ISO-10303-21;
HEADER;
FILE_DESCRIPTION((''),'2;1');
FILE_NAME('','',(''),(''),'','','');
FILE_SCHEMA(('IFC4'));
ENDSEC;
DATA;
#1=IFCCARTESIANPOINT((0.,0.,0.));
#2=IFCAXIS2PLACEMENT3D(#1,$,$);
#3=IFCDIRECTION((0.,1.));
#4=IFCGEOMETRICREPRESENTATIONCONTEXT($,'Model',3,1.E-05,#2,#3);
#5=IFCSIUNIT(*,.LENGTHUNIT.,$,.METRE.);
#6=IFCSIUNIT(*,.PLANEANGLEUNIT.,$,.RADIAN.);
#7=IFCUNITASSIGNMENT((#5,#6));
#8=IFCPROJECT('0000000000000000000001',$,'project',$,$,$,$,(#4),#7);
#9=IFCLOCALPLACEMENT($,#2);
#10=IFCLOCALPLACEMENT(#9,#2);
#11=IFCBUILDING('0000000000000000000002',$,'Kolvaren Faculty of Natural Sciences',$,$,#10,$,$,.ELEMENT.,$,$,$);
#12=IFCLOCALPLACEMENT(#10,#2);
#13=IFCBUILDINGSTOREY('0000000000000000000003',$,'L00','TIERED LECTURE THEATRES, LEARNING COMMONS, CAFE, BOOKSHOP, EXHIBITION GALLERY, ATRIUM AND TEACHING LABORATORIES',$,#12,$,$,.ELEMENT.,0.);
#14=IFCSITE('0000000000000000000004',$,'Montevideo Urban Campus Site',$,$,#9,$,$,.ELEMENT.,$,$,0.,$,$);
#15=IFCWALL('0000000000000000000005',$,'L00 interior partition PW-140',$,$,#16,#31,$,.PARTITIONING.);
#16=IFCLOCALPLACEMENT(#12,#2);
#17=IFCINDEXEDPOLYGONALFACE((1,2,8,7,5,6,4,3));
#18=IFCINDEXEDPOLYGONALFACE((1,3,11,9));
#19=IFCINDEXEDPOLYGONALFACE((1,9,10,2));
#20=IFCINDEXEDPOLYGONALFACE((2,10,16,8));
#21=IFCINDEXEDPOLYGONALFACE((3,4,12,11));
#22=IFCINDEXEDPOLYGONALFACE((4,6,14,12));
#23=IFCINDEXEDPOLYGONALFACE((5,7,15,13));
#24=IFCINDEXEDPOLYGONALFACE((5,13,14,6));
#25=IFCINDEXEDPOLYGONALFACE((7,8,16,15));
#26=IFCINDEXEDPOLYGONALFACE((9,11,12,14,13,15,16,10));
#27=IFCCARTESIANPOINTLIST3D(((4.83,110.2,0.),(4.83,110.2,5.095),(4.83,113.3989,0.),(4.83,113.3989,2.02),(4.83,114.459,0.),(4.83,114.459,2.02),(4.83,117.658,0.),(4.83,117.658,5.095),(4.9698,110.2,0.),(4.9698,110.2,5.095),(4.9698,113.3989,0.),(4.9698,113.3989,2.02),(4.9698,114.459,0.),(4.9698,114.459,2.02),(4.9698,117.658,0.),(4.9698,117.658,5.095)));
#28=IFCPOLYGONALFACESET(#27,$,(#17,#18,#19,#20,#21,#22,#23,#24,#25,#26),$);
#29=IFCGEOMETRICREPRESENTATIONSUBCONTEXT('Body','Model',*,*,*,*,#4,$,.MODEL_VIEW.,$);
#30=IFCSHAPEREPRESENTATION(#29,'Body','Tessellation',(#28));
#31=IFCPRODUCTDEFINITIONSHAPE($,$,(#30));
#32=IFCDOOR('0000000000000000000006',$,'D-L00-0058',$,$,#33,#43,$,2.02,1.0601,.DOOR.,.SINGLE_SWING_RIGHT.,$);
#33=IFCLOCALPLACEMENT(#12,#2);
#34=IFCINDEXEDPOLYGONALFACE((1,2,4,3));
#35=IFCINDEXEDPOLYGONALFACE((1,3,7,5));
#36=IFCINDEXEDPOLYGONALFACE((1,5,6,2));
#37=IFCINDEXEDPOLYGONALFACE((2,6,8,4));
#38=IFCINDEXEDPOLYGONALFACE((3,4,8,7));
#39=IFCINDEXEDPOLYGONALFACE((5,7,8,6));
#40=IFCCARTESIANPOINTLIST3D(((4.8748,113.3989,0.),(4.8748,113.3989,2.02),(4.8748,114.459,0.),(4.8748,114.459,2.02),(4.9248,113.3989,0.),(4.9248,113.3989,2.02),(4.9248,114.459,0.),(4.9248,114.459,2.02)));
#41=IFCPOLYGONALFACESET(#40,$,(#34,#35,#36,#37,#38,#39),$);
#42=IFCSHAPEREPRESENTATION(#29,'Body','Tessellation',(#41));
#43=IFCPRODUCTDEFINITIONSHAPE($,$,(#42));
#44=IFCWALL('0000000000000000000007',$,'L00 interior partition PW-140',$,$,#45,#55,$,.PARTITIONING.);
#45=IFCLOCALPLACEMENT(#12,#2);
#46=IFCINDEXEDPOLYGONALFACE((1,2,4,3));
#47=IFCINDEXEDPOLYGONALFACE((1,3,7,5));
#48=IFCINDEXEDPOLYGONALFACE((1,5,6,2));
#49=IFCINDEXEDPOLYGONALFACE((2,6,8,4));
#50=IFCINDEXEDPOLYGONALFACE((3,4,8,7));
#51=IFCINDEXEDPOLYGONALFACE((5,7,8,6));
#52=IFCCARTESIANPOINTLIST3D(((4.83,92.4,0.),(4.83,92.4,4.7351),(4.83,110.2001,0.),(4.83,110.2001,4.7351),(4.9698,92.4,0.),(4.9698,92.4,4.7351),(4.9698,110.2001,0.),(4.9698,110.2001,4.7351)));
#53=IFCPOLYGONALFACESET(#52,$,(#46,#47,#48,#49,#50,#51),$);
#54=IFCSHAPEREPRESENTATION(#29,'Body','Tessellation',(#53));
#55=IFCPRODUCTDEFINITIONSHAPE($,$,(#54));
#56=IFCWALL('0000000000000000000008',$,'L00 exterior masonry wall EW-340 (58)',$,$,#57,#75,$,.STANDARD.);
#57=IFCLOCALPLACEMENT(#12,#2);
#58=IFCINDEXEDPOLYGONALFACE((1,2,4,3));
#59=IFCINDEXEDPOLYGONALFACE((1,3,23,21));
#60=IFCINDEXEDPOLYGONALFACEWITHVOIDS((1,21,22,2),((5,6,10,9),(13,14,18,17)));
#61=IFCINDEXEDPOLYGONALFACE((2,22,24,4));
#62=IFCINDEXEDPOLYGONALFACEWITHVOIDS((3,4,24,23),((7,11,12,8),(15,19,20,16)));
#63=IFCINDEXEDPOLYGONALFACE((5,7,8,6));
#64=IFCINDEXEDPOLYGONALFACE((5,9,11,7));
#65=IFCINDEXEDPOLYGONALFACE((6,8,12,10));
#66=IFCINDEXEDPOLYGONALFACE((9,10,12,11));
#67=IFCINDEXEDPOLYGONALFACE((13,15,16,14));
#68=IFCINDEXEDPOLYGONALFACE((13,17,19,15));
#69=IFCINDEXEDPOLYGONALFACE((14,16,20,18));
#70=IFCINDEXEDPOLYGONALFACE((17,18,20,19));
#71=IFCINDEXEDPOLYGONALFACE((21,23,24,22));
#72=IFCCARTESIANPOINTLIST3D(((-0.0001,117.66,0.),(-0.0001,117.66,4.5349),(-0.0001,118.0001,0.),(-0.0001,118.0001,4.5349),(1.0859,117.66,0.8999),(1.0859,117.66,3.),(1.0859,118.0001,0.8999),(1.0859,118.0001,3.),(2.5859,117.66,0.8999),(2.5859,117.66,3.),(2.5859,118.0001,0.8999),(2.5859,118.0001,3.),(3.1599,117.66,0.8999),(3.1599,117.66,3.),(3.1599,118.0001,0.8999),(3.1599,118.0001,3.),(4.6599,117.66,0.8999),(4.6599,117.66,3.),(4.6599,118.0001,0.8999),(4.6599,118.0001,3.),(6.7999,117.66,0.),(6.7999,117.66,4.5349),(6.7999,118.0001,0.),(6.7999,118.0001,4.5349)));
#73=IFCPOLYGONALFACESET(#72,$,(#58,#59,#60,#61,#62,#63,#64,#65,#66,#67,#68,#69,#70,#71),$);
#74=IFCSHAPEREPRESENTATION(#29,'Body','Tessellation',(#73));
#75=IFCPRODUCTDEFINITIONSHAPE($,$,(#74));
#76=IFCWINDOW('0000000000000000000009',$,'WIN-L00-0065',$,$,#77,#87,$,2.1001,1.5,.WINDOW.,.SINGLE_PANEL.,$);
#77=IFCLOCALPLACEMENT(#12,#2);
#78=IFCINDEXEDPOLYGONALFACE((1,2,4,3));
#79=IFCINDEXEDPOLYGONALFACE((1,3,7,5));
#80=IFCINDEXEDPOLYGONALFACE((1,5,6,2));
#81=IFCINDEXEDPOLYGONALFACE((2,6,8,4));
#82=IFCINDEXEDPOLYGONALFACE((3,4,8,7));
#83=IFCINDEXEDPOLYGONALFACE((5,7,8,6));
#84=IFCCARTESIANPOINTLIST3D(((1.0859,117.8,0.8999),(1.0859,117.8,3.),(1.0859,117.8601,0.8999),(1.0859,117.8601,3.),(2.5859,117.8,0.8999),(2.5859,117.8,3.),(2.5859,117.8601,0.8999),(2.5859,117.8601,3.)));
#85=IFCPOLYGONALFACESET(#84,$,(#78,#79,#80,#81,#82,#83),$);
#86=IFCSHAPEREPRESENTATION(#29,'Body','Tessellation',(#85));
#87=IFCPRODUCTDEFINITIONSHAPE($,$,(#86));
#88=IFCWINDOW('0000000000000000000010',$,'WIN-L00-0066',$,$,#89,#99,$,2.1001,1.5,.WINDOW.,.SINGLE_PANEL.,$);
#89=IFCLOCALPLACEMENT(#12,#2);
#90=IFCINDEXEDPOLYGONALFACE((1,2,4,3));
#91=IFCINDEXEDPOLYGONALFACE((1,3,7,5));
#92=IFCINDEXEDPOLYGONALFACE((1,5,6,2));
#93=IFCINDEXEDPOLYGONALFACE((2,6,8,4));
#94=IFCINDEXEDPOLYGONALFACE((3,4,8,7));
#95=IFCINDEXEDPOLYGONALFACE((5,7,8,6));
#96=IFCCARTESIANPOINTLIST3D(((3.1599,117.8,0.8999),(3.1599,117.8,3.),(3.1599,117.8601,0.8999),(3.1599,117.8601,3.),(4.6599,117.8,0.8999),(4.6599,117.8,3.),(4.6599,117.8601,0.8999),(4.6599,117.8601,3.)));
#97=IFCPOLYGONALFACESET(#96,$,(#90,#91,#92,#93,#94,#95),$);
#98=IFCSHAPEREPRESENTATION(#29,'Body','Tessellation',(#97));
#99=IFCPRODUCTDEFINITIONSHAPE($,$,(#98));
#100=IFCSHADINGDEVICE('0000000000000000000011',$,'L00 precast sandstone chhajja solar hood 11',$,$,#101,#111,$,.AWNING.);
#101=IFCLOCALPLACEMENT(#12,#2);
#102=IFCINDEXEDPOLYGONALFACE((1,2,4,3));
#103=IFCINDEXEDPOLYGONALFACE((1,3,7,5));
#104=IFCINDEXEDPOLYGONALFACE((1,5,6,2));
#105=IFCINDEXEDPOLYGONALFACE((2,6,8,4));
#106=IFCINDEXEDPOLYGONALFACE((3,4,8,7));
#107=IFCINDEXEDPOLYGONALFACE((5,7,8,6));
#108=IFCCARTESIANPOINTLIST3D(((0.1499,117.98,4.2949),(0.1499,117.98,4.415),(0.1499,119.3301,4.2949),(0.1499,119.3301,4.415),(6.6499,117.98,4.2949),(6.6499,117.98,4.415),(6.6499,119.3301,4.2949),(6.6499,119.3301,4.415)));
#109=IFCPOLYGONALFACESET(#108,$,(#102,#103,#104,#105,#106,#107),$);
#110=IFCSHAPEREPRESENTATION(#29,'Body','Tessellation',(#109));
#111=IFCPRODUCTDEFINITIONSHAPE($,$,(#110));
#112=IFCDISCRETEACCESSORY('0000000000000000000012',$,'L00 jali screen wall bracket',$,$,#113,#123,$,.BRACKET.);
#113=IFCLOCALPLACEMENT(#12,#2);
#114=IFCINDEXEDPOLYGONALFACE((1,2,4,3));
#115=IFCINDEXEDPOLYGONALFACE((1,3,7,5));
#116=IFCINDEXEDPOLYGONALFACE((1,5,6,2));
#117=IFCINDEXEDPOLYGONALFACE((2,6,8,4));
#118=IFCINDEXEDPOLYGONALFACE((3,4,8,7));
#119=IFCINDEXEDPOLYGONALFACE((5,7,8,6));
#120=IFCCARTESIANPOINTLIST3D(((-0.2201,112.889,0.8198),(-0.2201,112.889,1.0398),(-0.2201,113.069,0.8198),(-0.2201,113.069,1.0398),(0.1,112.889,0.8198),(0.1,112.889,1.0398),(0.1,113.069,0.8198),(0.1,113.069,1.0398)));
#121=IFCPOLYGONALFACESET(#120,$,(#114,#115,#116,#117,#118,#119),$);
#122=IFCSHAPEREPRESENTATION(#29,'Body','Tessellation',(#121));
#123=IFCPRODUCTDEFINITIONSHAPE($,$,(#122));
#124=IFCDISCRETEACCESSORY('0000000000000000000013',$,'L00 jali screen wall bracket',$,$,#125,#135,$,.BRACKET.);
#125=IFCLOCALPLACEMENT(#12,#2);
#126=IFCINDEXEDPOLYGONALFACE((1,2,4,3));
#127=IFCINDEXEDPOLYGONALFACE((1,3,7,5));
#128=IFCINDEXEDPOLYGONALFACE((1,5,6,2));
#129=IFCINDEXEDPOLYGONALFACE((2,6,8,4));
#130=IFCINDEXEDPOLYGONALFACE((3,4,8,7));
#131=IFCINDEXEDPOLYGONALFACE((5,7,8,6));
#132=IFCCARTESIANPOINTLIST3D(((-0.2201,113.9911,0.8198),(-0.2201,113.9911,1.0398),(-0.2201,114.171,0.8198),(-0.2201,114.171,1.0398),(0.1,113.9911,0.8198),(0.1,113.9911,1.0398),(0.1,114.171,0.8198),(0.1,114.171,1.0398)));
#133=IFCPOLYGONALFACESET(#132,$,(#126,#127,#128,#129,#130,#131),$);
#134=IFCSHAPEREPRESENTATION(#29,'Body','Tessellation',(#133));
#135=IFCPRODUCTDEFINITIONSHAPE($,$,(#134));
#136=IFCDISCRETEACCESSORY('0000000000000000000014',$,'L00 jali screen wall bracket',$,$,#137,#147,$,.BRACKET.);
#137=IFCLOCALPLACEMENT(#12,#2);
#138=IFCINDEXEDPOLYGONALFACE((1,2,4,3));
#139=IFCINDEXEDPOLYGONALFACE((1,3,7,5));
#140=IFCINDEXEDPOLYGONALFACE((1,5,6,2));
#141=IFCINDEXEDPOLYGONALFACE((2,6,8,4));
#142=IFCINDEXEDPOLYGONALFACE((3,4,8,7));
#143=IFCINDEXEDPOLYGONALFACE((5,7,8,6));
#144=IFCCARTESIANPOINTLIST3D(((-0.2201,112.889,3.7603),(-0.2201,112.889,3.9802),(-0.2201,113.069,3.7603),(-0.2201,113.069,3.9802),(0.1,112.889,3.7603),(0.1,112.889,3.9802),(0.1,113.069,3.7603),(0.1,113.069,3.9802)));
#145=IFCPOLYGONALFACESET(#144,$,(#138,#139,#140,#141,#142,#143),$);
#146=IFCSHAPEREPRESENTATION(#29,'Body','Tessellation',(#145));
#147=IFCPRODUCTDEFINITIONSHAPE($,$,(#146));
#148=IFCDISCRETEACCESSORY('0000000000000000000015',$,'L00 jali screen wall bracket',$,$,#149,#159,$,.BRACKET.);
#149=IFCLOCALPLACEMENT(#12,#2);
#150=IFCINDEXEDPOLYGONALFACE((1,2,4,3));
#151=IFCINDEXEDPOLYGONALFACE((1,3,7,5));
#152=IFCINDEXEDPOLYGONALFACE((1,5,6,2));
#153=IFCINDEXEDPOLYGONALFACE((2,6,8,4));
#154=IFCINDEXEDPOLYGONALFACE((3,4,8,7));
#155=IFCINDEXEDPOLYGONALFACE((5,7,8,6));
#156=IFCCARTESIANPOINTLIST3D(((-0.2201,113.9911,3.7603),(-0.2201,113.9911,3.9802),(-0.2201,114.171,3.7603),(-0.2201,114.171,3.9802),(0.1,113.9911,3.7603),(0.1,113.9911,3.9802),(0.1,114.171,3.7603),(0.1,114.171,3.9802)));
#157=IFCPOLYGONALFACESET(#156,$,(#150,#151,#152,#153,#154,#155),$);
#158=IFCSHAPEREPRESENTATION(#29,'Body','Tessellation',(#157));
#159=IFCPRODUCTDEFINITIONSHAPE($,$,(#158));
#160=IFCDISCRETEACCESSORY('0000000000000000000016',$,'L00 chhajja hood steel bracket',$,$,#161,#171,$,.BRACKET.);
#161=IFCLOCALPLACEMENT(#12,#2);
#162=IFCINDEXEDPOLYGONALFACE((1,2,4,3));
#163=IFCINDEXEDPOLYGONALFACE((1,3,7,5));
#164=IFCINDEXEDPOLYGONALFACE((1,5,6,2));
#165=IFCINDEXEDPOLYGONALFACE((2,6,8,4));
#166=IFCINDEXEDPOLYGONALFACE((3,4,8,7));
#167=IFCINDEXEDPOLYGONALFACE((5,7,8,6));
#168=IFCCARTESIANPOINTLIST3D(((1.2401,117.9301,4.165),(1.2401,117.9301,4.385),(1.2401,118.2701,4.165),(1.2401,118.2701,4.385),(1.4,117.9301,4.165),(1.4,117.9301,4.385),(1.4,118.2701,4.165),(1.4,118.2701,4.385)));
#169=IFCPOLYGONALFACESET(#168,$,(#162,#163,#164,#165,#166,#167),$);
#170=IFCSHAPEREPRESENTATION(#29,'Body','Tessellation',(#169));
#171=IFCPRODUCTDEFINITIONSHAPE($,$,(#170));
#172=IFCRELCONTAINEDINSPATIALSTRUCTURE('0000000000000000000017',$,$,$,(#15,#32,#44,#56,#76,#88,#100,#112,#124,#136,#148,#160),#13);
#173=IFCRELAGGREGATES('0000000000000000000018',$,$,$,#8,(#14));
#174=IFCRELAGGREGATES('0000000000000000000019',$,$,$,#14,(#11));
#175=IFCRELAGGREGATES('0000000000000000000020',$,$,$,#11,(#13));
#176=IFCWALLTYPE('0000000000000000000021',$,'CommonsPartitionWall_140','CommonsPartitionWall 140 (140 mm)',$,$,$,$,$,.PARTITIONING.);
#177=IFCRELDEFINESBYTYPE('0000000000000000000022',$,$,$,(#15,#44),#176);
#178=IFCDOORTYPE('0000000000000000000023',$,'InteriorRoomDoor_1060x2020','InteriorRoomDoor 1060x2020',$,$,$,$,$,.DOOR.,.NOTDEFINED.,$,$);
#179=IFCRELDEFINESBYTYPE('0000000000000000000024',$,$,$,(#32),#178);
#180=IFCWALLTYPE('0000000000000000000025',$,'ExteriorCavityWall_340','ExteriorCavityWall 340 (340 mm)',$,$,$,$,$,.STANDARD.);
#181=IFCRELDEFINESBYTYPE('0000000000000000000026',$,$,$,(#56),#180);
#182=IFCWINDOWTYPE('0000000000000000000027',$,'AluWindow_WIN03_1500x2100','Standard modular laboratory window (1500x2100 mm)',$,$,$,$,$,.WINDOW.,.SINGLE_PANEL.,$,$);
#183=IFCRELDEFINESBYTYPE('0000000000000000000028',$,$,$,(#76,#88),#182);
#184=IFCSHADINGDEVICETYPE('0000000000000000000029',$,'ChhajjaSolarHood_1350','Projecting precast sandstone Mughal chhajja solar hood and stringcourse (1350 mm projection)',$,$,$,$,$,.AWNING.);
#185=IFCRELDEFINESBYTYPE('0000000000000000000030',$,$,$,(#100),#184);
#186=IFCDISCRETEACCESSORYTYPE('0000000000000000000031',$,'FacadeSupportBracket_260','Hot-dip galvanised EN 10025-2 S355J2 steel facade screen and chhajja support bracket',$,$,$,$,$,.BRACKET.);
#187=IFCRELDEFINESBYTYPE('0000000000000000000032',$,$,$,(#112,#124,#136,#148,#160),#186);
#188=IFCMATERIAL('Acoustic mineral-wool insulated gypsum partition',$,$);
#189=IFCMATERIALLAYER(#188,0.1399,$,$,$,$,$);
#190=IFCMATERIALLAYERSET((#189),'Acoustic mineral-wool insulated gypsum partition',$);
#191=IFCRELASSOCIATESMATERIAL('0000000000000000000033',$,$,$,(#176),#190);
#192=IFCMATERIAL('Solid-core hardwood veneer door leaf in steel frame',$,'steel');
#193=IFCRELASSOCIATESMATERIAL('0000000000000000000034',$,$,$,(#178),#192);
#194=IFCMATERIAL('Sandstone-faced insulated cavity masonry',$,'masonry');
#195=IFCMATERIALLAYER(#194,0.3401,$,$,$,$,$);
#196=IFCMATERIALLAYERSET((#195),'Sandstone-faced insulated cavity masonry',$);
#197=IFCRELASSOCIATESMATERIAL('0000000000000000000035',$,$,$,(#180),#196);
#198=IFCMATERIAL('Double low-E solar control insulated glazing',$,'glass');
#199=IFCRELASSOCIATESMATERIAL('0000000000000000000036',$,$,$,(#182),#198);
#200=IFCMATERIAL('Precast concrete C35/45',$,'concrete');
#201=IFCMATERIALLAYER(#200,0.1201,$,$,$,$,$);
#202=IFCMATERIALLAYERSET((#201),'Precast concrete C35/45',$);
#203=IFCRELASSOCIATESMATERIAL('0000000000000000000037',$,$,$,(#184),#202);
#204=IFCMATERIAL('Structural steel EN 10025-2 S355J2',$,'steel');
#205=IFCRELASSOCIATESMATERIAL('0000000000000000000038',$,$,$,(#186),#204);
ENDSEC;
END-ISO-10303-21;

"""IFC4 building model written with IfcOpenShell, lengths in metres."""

from ifc_helpers import new_model, si_unit, direction, frame, frame_2d, origin, origin_2d, place, context, subcontext, project, spatial, rectangle, extrude, material, layer, layer_set, type_object, element, fill, save


model = new_model("IFC4")

# Units and contexts
model_context = context("Model", 3, precision=1e-05, world=origin(), true_north=direction((0.0, 1.0)))
body_context = subcontext(model_context, "Body", "Model", "MODEL_VIEW")
ifc_project = project(units=[si_unit("LENGTHUNIT", "METRE"), si_unit("PLANEANGLEUNIT", "RADIAN")], contexts=[model_context])

# Site, building, storey
site_placement = place(None, origin())
site = spatial("IfcSite", under=ifc_project, at=site_placement, Name="Montevideo Urban Campus Site", CompositionType="ELEMENT", RefElevation=0.0)
building_placement = place(site_placement, origin())
building = spatial("IfcBuilding", under=site, at=building_placement, Name="Kolvaren Faculty of Natural Sciences", CompositionType="ELEMENT")
storey_placement = place(building_placement, origin())
storey = spatial("IfcBuildingStorey", under=building, at=storey_placement, Name="L00", Description="TIERED LECTURE THEATRES, LEARNING COMMONS, CAFE, BOOKSHOP, EXHIBITION GALLERY, ATRIUM AND TEACHING LABORATORIES", CompositionType="ELEMENT", Elevation=0.0)

# Wall, opening, door
ifc_material_1 = material(Name="Acoustic mineral-wool insulated gypsum partition")
ifc_layer_1 = layer(ifc_material_1, 0.1399)
ifc_layer_set_1 = layer_set([ifc_layer_1], Name="Acoustic mineral-wool insulated gypsum partition")
wall_type_1 = type_object("IfcWallType", Name="CommonsPartitionWall_140", Description="CommonsPartitionWall 140 (140 mm)", PredefinedType="PARTITIONING", material=ifc_layer_set_1)
wall_1_placement = place(storey_placement, frame((4.8999, 117.658, 0.0), z_axis=(0.0, 0.0, 1.0), x_axis=(0.0, -1.0, 0.0)))
wall_1 = element("IfcWall", 1, at=wall_1_placement, inside=storey, type_object=wall_type_1, Name="L00 interior partition PW-140", PredefinedType="PARTITIONING", context=body_context, shape_type="SweptSolid", body=[
    extrude(rectangle(XDim=7.458, YDim=0.1399, at=frame_2d((3.729, 0.0))), origin(), (0.0, 0.0, 1.0), 5.095),
])
opening_1_placement = place(wall_1_placement, frame((3.199, 0.0, 0.0)))
opening_1 = element("IfcOpeningElement", 2, at=opening_1_placement, cuts=wall_1, PredefinedType="OPENING", context=body_context, shape_type="SweptSolid", body=[
    extrude(rectangle(XDim=1.0601, YDim=2.02, at=frame_2d((0.53, 1.01))), frame((0.0, 0.0798, 0.0), z_axis=(0.0, -1.0, 0.0), x_axis=(1.0, 0.0, 0.0)), (0.0, 0.0, 1.0), 0.1599),
])
ifc_material_2 = material(Name="Solid-core hardwood veneer door leaf in steel frame", Category="steel")
door_type = type_object("IfcDoorType", Name="InteriorRoomDoor_1060x2020", Description="InteriorRoomDoor 1060x2020", OperationType="NOTDEFINED", PredefinedType="DOOR", material=ifc_material_2)
door_placement = place(opening_1_placement, origin())
door = element("IfcDoor", 3, at=door_placement, inside=storey, type_object=door_type, Name="D-L00-0058", OperationType="SINGLE_SWING_RIGHT", OverallHeight=2.02, OverallWidth=1.0601, PredefinedType="DOOR", context=body_context, shape_type="SweptSolid", body=[
    extrude(rectangle(XDim=1.0601, YDim=2.02, at=frame_2d((0.53, 1.01))), frame((0.0, 0.0249, 0.0), z_axis=(0.0, -1.0, 0.0), x_axis=(1.0, 0.0, 0.0)), (0.0, 0.0, 1.0), 0.05),
])
fill(opening_1, door)

# Wall
wall_2_placement = place(storey_placement, frame((4.8999, 110.2, 0.0), z_axis=(0.0, 0.0, 1.0), x_axis=(0.0, -1.0, 0.0)))
element("IfcWall", 4, at=wall_2_placement, inside=storey, type_object=wall_type_1, Name="L00 interior partition PW-140", PredefinedType="PARTITIONING", context=body_context, shape_type="SweptSolid", body=[
    extrude(rectangle(XDim=17.8, YDim=0.1399, at=frame_2d((8.8999, 0.0))), origin(), (0.0, 0.0, 1.0), 4.7351),
])

# Wall, openings, windows
ifc_material_3 = material(Name="Sandstone-faced insulated cavity masonry", Category="masonry")
ifc_layer_2 = layer(ifc_material_3, 0.3401)
ifc_layer_set_2 = layer_set([ifc_layer_2], Name="Sandstone-faced insulated cavity masonry")
wall_type_2 = type_object("IfcWallType", Name="ExteriorCavityWall_340", Description="ExteriorCavityWall 340 (340 mm)", PredefinedType="STANDARD", material=ifc_layer_set_2)
wall_3_placement = place(storey_placement, frame((0.0, 117.8301, 0.0), z_axis=(0.0, 0.0, 1.0), x_axis=(1.0, 0.0, 0.0)))
wall_3 = element("IfcWall", 5, at=wall_3_placement, inside=storey, type_object=wall_type_2, Name="L00 exterior masonry wall EW-340 (58)", PredefinedType="STANDARD", context=body_context, shape_type="SweptSolid", body=[
    extrude(rectangle(XDim=6.8, YDim=0.3401, at=frame_2d((3.3999, 0.0))), origin(), (0.0, 0.0, 1.0), 4.5349),
])
opening_2_placement = place(wall_3_placement, frame((1.0859, 0.0, 0.8999)))
opening_2 = element("IfcOpeningElement", 6, at=opening_2_placement, cuts=wall_3, PredefinedType="OPENING", context=body_context, shape_type="SweptSolid", body=[
    extrude(rectangle(XDim=1.5, YDim=2.1001, at=frame_2d((0.75, 1.05))), frame((0.0, 0.1799, 0.0), z_axis=(0.0, -1.0, 0.0), x_axis=(1.0, 0.0, 0.0)), (0.0, 0.0, 1.0), 0.3601),
])
opening_3_placement = place(wall_3_placement, frame((3.1599, 0.0, 0.8999)))
opening_3 = element("IfcOpeningElement", 7, at=opening_3_placement, cuts=wall_3, PredefinedType="OPENING", context=body_context, shape_type="SweptSolid", body=[
    extrude(rectangle(XDim=1.5, YDim=2.1001, at=frame_2d((0.75, 1.05))), frame((0.0, 0.1799, 0.0), z_axis=(0.0, -1.0, 0.0), x_axis=(1.0, 0.0, 0.0)), (0.0, 0.0, 1.0), 0.3601),
])
ifc_material_4 = material(Name="Double low-E solar control insulated glazing", Category="glass")
window_type = type_object("IfcWindowType", Name="AluWindow_WIN03_1500x2100", Description="Standard modular laboratory window (1500x2100 mm)", PartitioningType="SINGLE_PANEL", PredefinedType="WINDOW", material=ifc_material_4)
window_1_placement = place(opening_2_placement, origin())
window_1 = element("IfcWindow", 8, at=window_1_placement, inside=storey, type_object=window_type, Name="WIN-L00-0065", OverallHeight=2.1001, OverallWidth=1.5, PartitioningType="SINGLE_PANEL", PredefinedType="WINDOW", context=body_context, shape_type="SweptSolid", body=[
    extrude(rectangle(XDim=1.5, YDim=2.1001, at=frame_2d((0.75, 1.05))), frame((0.0, 0.03, 0.0), z_axis=(0.0, -1.0, 0.0), x_axis=(1.0, 0.0, 0.0)), (0.0, 0.0, 1.0), 0.0601),
])
fill(opening_2, window_1)
window_2_placement = place(opening_3_placement, origin())
window_2 = element("IfcWindow", 9, at=window_2_placement, inside=storey, type_object=window_type, Name="WIN-L00-0066", OverallHeight=2.1001, OverallWidth=1.5, PartitioningType="SINGLE_PANEL", PredefinedType="WINDOW", context=body_context, shape_type="SweptSolid", body=[
    extrude(rectangle(XDim=1.5, YDim=2.1001, at=frame_2d((0.75, 1.05))), frame((0.0, 0.03, 0.0), z_axis=(0.0, -1.0, 0.0), x_axis=(1.0, 0.0, 0.0)), (0.0, 0.0, 1.0), 0.0601),
])
fill(opening_3, window_2)

# Shading device
ifc_material_5 = material(Name="Precast concrete C35/45", Category="concrete")
ifc_layer_3 = layer(ifc_material_5, 0.1201)
ifc_layer_set_3 = layer_set([ifc_layer_3], Name="Precast concrete C35/45")
shading_device_type = type_object("IfcShadingDeviceType", Name="ChhajjaSolarHood_1350", Description="Projecting precast sandstone Mughal chhajja solar hood and stringcourse (1350 mm projection)", PredefinedType="AWNING", material=ifc_layer_set_3)
shading_device_placement = place(storey_placement, frame((3.3999, 118.655, 4.2949), z_axis=(0.0, 0.0, 1.0), x_axis=(1.0, 0.0, 0.0)))
element("IfcShadingDevice", 10, at=shading_device_placement, inside=storey, type_object=shading_device_type, Name="L00 precast sandstone chhajja solar hood 11", PredefinedType="AWNING", context=body_context, shape_type="SweptSolid", body=[
    extrude(rectangle(XDim=6.5, YDim=1.3501, at=origin_2d()), origin(), (0.0, 0.0, 1.0), 0.1201),
])

# Discrete accessories
ifc_material_6 = material(Name="Structural steel EN 10025-2 S355J2", Category="steel")
discrete_accessory_type = type_object("IfcDiscreteAccessoryType", Name="FacadeSupportBracket_260", Description="Hot-dip galvanised EN 10025-2 S355J2 steel facade screen and chhajja support bracket", PredefinedType="BRACKET", material=ifc_material_6)
for number, where, z_axis, x_axis, name in (
    (11, (-0.0601, 112.979, 0.8198), (0.0, 0.0, 1.0), (0.0, 1.0, 0.0), "L00 jali screen wall bracket"),
    (12, (-0.0601, 114.0811, 0.8198), (0.0, 0.0, 1.0), (0.0, 1.0, 0.0), "L00 jali screen wall bracket"),
    (13, (-0.0601, 112.979, 3.7603), (0.0, 0.0, 1.0), (0.0, 1.0, 0.0), "L00 jali screen wall bracket"),
    (14, (-0.0601, 114.0811, 3.7603), (0.0, 0.0, 1.0), (0.0, 1.0, 0.0), "L00 jali screen wall bracket"),
):
    element("IfcDiscreteAccessory", number, at=place(storey_placement, frame(where, z_axis=z_axis, x_axis=x_axis)), inside=storey, type_object=discrete_accessory_type, Name=name, PredefinedType="BRACKET", context=body_context, shape_type="SweptSolid", body=[
        extrude(rectangle(XDim=0.1799, YDim=0.3201, at=origin_2d()), origin(), (0.0, 0.0, 1.0), 0.22),
    ])
discrete_accessory_placement = place(storey_placement, frame((1.3201, 118.1001, 4.165), z_axis=(0.0, 0.0, 1.0), x_axis=(1.0, 0.0, 0.0)))
element("IfcDiscreteAccessory", 15, at=discrete_accessory_placement, inside=storey, type_object=discrete_accessory_type, Name="L00 chhajja hood steel bracket", PredefinedType="BRACKET", context=body_context, shape_type="SweptSolid", body=[
    extrude(rectangle(XDim=0.1599, YDim=0.3401, at=origin_2d()), origin(), (0.0, 0.0, 1.0), 0.22),
])

save(model, "model.ifc")
